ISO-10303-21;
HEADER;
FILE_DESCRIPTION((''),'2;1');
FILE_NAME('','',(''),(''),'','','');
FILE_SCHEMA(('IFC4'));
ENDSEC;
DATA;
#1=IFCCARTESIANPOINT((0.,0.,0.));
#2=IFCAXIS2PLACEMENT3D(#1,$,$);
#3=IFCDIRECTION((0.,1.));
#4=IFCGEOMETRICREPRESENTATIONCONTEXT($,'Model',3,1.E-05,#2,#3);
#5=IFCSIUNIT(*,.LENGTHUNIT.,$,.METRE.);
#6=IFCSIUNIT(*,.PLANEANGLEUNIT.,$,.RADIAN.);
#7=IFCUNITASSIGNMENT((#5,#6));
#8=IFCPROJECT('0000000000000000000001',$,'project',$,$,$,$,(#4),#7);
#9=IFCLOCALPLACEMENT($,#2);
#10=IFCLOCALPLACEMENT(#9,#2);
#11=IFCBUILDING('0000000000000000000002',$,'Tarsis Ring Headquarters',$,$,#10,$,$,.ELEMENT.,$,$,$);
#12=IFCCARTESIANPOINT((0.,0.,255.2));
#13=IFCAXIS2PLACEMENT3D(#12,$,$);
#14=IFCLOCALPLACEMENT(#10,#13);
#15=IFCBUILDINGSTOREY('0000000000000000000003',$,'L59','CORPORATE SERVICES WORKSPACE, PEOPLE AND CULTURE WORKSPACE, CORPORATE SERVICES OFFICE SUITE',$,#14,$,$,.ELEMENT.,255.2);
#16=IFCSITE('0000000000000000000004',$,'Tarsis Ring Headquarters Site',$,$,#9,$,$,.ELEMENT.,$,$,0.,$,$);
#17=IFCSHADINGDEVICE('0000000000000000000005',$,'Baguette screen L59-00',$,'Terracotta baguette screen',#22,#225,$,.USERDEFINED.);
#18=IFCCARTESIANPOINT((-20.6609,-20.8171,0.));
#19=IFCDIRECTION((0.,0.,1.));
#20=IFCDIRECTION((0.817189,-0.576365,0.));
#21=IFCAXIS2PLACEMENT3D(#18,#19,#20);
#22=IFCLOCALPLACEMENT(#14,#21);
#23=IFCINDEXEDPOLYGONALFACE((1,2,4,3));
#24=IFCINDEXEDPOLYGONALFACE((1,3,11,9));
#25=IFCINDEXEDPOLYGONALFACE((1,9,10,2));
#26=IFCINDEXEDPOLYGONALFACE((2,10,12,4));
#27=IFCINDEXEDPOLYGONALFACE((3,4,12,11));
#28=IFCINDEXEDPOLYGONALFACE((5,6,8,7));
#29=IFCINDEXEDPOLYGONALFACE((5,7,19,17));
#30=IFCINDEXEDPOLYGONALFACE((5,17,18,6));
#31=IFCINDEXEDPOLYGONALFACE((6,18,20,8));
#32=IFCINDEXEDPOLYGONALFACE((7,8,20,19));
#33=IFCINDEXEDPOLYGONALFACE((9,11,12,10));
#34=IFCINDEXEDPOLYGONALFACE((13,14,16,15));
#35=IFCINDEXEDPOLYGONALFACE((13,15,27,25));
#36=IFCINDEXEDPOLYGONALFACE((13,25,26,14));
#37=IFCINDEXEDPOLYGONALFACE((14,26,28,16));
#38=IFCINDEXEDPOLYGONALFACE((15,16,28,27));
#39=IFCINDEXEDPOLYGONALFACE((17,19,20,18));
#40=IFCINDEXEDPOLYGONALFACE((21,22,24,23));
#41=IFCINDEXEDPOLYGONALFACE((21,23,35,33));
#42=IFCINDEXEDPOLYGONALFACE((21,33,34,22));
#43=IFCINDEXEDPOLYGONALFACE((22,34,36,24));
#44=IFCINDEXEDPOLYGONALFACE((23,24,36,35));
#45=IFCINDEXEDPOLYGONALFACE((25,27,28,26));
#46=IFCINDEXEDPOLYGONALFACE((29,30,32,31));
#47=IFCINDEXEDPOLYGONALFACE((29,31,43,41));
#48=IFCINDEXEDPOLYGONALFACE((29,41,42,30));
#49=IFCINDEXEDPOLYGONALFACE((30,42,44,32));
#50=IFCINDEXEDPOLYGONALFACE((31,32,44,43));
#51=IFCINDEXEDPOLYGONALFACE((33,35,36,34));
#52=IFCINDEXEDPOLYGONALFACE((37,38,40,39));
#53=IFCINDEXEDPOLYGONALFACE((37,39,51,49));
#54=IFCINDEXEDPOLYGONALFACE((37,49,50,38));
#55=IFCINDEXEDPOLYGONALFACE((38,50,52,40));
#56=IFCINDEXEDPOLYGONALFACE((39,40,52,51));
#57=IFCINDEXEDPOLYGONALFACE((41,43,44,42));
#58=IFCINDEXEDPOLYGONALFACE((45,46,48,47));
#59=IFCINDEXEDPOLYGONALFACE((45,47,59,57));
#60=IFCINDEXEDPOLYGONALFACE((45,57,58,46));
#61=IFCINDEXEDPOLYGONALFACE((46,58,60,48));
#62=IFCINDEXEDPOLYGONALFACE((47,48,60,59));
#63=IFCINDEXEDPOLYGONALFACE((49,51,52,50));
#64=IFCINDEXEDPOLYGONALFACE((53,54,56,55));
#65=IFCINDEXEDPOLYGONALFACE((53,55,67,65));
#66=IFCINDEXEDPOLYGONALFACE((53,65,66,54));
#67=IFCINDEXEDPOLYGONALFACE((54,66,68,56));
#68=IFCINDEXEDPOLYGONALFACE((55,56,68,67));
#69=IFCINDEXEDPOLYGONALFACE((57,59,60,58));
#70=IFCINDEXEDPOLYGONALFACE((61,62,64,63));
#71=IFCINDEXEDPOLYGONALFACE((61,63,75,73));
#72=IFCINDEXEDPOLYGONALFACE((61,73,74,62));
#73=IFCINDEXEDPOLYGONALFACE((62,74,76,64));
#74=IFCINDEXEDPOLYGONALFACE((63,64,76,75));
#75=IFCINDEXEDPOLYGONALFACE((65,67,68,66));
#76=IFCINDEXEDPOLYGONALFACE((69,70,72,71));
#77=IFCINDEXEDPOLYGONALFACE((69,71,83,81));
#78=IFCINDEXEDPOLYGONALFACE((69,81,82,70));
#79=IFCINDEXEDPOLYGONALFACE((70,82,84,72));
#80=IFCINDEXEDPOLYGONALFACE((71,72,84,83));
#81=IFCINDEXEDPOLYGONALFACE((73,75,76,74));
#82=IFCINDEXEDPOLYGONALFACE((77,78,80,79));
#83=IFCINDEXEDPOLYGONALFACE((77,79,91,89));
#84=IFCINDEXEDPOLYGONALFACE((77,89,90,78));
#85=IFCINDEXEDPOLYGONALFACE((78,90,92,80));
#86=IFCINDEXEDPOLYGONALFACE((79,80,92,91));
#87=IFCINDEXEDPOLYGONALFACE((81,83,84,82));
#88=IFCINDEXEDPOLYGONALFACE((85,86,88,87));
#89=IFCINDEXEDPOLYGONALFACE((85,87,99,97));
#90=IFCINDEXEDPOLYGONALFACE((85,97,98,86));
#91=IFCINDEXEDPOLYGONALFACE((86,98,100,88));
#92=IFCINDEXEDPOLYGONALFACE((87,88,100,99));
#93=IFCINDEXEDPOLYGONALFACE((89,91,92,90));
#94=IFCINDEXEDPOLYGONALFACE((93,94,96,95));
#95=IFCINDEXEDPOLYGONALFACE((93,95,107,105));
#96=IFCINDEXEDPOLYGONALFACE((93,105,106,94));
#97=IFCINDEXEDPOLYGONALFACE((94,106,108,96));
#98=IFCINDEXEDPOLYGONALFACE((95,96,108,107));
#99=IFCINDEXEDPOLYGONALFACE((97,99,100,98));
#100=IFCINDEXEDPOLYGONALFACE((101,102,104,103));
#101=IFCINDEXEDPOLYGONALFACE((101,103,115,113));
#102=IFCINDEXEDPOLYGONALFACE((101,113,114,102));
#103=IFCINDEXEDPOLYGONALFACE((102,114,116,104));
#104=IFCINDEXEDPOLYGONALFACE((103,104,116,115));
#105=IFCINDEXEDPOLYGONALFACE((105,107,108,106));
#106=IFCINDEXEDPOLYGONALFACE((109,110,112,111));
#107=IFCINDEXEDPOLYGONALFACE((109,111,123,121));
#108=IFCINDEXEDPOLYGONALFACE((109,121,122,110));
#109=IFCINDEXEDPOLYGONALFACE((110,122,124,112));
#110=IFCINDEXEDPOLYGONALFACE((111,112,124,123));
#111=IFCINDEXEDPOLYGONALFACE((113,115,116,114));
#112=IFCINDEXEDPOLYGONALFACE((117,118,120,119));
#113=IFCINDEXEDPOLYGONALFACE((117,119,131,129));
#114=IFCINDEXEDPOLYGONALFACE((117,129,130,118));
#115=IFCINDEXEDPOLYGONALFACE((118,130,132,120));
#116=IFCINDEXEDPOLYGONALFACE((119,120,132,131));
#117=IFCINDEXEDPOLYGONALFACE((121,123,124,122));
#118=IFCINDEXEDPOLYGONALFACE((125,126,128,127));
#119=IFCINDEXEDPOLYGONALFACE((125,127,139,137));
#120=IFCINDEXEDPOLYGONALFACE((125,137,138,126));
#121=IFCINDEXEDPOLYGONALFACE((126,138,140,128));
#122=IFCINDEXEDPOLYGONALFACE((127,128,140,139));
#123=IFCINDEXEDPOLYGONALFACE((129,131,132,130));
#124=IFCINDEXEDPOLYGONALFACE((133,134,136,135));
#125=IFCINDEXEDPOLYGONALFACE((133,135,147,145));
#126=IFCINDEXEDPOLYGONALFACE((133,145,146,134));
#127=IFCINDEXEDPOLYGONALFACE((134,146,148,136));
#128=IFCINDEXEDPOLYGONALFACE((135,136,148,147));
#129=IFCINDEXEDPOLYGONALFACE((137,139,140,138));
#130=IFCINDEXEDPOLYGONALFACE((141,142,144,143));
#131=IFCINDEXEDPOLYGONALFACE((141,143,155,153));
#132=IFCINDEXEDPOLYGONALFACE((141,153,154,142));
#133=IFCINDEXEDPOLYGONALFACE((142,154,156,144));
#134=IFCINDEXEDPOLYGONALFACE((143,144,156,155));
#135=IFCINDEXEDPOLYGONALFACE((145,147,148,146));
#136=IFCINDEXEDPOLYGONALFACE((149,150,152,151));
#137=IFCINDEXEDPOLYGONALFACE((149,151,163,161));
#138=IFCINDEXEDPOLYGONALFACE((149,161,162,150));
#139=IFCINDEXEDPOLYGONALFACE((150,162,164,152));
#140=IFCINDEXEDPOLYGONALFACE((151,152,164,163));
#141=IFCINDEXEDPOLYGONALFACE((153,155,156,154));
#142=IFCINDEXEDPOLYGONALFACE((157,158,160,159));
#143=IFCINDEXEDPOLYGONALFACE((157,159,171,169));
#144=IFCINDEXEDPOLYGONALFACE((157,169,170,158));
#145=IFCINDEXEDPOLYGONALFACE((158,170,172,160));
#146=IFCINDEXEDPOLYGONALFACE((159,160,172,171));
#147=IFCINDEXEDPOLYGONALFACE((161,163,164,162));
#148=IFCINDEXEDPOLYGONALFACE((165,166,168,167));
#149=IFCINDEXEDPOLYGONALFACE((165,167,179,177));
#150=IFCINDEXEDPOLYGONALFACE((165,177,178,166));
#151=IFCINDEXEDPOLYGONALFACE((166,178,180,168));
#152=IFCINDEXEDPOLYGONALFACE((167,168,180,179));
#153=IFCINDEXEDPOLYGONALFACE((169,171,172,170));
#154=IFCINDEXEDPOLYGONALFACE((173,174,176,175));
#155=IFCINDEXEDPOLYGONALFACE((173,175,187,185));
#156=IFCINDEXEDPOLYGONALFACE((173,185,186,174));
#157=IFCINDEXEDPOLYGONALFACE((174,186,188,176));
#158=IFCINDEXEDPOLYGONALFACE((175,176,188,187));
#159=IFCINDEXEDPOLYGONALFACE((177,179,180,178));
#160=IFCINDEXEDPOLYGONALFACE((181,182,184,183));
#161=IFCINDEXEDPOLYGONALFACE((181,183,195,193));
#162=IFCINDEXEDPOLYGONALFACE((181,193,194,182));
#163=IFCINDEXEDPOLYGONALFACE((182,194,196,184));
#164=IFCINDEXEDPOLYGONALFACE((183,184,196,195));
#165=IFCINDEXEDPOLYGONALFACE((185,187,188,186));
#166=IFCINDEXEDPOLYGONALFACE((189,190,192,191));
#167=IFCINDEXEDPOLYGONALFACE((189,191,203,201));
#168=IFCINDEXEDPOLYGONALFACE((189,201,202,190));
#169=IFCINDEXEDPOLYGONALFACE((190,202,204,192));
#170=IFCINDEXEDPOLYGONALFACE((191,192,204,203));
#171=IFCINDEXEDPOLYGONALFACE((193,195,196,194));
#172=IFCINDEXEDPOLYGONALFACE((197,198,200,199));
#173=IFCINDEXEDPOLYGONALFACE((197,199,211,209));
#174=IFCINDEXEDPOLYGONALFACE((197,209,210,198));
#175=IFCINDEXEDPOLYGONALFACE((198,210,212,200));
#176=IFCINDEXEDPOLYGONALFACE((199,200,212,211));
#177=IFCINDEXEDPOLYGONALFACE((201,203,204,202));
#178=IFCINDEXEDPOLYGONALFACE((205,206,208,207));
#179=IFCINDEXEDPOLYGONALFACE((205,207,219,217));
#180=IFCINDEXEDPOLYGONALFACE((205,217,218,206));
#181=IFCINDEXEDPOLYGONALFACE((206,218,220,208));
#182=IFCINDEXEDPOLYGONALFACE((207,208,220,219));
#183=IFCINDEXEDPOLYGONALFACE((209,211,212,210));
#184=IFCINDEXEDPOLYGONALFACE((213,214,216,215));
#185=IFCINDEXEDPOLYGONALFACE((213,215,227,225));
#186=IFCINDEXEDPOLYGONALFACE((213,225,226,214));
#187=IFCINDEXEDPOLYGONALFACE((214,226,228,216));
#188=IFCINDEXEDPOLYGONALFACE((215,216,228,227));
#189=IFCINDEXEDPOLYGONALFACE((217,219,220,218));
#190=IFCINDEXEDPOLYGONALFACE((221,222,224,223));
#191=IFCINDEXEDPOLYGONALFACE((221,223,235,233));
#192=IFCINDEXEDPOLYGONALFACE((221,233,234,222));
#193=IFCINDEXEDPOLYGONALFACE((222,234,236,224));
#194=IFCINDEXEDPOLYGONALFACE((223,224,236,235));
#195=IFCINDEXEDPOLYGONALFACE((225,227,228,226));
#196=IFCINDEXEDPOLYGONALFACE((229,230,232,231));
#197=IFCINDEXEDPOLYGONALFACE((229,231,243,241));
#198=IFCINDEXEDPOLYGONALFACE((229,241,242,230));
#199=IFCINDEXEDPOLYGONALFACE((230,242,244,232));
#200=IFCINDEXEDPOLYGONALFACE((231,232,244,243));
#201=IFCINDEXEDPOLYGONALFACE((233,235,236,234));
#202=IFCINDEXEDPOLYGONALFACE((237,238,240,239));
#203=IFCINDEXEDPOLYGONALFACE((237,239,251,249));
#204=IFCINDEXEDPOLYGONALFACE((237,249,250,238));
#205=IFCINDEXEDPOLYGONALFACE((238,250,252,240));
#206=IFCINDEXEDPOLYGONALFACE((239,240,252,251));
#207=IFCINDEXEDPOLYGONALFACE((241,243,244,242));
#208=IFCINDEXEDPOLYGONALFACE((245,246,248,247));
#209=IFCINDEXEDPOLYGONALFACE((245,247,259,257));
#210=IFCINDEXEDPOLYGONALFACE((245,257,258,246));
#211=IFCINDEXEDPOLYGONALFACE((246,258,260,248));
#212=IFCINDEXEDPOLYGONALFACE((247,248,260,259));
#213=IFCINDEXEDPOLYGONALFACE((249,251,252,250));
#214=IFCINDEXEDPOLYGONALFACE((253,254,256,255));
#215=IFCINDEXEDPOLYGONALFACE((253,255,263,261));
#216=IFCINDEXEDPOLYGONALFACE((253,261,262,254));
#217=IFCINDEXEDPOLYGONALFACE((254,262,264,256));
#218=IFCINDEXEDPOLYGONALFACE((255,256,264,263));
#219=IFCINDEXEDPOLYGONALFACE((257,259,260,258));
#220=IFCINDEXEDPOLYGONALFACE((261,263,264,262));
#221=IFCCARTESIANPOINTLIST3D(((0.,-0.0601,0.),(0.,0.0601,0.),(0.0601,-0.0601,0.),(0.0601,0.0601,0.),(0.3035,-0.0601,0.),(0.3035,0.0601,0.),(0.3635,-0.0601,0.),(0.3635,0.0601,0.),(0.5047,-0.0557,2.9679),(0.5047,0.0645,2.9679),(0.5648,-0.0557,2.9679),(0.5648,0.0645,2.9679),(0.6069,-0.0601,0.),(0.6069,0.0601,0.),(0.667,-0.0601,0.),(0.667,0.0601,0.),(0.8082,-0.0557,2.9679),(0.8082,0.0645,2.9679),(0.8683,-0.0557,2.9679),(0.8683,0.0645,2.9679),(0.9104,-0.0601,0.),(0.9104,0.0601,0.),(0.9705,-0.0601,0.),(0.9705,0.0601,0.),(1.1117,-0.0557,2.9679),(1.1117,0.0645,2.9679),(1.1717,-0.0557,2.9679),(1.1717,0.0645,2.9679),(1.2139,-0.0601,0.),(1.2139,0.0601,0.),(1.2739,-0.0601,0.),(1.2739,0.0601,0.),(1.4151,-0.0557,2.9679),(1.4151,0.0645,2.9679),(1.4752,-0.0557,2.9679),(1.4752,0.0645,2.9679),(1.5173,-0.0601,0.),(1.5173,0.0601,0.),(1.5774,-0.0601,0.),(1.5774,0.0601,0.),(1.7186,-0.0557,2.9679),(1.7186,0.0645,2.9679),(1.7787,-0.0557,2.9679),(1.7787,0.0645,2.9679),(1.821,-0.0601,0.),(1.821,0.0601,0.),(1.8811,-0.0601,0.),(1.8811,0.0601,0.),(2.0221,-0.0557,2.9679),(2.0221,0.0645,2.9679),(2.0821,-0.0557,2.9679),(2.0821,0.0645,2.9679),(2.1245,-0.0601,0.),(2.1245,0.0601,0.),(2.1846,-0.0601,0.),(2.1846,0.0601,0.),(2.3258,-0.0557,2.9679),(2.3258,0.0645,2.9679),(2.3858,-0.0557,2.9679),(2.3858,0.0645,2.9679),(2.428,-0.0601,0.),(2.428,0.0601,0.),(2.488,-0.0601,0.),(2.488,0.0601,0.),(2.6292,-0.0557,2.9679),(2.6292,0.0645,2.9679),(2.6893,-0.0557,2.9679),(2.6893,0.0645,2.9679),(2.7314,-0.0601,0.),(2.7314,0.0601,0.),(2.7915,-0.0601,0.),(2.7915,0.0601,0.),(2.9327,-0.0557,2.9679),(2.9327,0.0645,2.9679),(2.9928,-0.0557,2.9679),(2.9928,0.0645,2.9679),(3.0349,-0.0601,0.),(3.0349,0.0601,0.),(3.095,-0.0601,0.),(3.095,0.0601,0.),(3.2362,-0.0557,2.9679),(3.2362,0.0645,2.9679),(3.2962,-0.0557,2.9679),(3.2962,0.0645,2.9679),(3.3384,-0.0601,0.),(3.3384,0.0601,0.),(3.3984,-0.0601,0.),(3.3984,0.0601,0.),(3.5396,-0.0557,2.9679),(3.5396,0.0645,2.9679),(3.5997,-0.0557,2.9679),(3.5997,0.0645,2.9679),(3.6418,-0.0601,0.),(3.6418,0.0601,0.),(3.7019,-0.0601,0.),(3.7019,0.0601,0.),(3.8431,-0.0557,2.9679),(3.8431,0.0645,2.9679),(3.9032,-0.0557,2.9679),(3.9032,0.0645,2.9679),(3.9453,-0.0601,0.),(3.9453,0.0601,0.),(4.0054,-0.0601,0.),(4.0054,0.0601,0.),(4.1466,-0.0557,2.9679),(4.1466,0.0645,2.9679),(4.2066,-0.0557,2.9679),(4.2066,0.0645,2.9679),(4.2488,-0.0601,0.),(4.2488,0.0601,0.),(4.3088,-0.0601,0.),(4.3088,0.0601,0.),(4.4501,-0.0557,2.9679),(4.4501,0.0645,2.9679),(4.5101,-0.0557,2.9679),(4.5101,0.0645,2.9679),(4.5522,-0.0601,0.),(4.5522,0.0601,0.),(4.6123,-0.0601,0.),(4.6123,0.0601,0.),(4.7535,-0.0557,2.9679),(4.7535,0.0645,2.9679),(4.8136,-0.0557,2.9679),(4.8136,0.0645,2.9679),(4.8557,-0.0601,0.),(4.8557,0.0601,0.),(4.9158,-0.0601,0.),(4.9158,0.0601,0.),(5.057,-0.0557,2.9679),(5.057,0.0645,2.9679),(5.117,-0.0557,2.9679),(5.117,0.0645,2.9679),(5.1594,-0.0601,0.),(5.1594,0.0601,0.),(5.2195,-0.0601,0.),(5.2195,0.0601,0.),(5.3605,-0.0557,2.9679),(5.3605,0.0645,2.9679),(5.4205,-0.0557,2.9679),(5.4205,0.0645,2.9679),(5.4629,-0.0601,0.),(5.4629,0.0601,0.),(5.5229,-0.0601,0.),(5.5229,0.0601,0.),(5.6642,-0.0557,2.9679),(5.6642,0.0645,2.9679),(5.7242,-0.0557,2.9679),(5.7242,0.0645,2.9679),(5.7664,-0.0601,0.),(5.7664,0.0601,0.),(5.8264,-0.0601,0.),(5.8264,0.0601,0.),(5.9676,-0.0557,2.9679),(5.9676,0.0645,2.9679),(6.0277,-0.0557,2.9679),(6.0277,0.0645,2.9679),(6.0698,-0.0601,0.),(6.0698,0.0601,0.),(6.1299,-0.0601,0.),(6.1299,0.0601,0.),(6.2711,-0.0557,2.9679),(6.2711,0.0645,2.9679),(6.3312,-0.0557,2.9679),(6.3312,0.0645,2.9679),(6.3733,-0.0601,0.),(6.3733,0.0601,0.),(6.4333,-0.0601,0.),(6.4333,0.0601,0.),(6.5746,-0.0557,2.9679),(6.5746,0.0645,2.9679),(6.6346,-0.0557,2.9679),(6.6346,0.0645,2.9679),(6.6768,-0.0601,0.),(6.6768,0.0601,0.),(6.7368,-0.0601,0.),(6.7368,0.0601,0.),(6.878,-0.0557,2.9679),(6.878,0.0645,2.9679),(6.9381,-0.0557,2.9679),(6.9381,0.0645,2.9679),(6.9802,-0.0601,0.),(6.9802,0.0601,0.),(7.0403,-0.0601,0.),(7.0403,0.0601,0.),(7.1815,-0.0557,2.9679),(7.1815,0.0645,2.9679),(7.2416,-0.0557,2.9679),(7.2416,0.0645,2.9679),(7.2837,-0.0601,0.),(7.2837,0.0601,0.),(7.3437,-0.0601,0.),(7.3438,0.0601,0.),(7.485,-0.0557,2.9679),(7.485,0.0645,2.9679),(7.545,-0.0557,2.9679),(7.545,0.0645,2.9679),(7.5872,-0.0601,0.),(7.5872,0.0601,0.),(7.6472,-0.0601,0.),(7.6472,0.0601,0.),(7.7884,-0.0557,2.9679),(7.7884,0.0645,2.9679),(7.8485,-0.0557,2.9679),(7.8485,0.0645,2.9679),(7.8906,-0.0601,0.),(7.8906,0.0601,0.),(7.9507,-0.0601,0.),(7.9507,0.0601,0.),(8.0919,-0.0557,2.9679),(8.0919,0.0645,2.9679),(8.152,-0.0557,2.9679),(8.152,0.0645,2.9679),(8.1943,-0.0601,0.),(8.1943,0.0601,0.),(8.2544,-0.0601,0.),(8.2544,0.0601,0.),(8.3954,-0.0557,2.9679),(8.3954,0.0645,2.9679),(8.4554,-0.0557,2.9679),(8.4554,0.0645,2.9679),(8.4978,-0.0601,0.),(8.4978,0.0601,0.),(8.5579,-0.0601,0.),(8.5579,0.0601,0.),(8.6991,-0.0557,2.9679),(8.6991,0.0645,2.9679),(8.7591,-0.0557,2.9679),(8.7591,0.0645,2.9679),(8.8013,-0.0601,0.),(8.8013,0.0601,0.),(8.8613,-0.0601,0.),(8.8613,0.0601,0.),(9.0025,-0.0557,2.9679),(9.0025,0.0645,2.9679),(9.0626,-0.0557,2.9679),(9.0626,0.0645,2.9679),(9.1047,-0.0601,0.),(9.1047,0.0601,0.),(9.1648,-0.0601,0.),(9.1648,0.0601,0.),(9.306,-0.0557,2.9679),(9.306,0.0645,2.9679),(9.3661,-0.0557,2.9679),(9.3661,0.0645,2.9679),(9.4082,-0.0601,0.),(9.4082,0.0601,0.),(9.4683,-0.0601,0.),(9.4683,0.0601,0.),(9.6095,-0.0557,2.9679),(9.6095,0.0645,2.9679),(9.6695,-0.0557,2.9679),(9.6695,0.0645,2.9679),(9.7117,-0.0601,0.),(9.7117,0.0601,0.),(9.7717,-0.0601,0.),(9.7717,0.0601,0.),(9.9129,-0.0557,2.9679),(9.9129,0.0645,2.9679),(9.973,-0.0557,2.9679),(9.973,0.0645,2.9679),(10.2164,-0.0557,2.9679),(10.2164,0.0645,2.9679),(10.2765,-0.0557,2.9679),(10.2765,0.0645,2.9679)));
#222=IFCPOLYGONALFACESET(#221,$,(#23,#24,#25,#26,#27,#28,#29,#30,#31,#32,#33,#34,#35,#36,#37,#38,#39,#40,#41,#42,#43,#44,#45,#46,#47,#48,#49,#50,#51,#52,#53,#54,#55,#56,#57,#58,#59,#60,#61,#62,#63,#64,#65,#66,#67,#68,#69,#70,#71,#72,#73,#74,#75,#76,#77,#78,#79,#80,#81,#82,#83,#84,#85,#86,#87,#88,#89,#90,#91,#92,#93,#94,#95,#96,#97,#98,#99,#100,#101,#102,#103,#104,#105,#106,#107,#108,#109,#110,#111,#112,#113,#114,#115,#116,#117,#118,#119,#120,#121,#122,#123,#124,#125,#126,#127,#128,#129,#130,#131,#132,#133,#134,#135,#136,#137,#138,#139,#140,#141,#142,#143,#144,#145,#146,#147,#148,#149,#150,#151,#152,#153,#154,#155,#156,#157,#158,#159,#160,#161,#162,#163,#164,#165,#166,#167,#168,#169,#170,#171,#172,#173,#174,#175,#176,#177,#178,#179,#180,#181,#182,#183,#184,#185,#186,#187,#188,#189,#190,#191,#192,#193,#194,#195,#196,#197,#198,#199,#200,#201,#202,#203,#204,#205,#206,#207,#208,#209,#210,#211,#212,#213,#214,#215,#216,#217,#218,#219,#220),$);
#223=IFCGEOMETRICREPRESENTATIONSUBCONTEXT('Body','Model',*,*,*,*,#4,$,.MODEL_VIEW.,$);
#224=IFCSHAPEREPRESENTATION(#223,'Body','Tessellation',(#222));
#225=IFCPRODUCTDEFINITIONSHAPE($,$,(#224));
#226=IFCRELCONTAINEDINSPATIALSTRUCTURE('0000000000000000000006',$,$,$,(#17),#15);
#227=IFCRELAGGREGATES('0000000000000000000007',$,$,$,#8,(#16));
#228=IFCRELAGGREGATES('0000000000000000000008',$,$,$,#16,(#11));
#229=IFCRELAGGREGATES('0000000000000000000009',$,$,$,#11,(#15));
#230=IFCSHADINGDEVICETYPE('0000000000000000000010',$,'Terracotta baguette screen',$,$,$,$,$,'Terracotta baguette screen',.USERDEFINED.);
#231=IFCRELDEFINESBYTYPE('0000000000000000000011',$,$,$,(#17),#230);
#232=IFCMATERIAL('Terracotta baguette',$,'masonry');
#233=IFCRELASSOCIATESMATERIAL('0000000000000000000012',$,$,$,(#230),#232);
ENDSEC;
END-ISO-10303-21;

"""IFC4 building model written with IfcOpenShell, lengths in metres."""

from ifc_helpers import new_model, si_unit, direction, frame, frame_2d, origin, place, context, subcontext, project, spatial, rectangle, composite_profile, extrude, material, type_object, element, save


model = new_model("IFC4")

# Units and contexts
model_context = context("Model", 3, precision=1e-05, world=origin(), true_north=direction((0.0, 1.0)))
body_context = subcontext(model_context, "Body", "Model", "MODEL_VIEW")
ifc_project = project(units=[si_unit("LENGTHUNIT", "METRE"), si_unit("PLANEANGLEUNIT", "RADIAN")], contexts=[model_context])

# Site, building, storey
site_placement = place(None, origin())
site = spatial("IfcSite", under=ifc_project, at=site_placement, Name="Tarsis Ring Headquarters Site", CompositionType="ELEMENT", RefElevation=0.0)
building_placement = place(site_placement, origin())
building = spatial("IfcBuilding", under=site, at=building_placement, Name="Tarsis Ring Headquarters", CompositionType="ELEMENT")
storey_placement = place(building_placement, frame((0.0, 0.0, 255.2)))
storey = spatial("IfcBuildingStorey", under=building, at=storey_placement, Name="L59", Description="CORPORATE SERVICES WORKSPACE, PEOPLE AND CULTURE WORKSPACE, CORPORATE SERVICES OFFICE SUITE", CompositionType="ELEMENT", Elevation=255.2)

# Shading device
ifc_material_1 = material(Name="Terracotta baguette", Category="masonry")
shading_device_type = type_object("IfcShadingDeviceType", Name="Terracotta baguette screen", ElementType="Terracotta baguette screen", PredefinedType="USERDEFINED", material=ifc_material_1)
shading_device_placement = place(storey_placement, frame((-20.6609, -20.8171, 0.0), z_axis=(0.0, 0.0, 1.0), x_axis=(0.817189, -0.576365, 0.0)))
element("IfcShadingDevice", 1, at=shading_device_placement, inside=storey, type_object=shading_device_type, Name="Baguette screen L59-00", ObjectType="Terracotta baguette screen", PredefinedType="USERDEFINED", context=body_context, shape_type="SweptSolid", body=[
    extrude(composite_profile([rectangle(XDim=0.0601, YDim=0.1201, at=frame_2d((0.03, 0.0))), rectangle(XDim=0.0601, YDim=0.1201, at=frame_2d((0.3335, 0.0))), rectangle(XDim=0.0601, YDim=0.1201, at=frame_2d((0.637, 0.0))), rectangle(XDim=0.0601, YDim=0.1201, at=frame_2d((0.9404, 0.0))), rectangle(XDim=0.0601, YDim=0.1201, at=frame_2d((1.2439, 0.0))), rectangle(XDim=0.0601, YDim=0.1201, at=frame_2d((1.5474, 0.0))), rectangle(XDim=0.0601, YDim=0.1201, at=frame_2d((1.8511, 0.0))), rectangle(XDim=0.0601, YDim=0.1201, at=frame_2d((2.1545, 0.0))), rectangle(XDim=0.0601, YDim=0.1201, at=frame_2d((2.458, 0.0))), rectangle(XDim=0.0601, YDim=0.1201, at=frame_2d((2.7615, 0.0))), rectangle(XDim=0.0601, YDim=0.1201, at=frame_2d((3.0649, 0.0))), rectangle(XDim=0.0601, YDim=0.1201, at=frame_2d((3.3684, 0.0))), rectangle(XDim=0.0601, YDim=0.1201, at=frame_2d((3.6719, 0.0))), rectangle(XDim=0.0601, YDim=0.1201, at=frame_2d((3.9753, 0.0))), rectangle(XDim=0.0601, YDim=0.1201, at=frame_2d((4.2788, 0.0))), rectangle(XDim=0.0601, YDim=0.1201, at=frame_2d((4.5823, 0.0))), rectangle(XDim=0.0601, YDim=0.1201, at=frame_2d((4.8857, 0.0))), rectangle(XDim=0.0601, YDim=0.1201, at=frame_2d((5.1895, 0.0))), rectangle(XDim=0.0601, YDim=0.1201, at=frame_2d((5.4929, 0.0))), rectangle(XDim=0.0601, YDim=0.1201, at=frame_2d((5.7964, 0.0))), rectangle(XDim=0.0601, YDim=0.1201, at=frame_2d((6.0999, 0.0))), rectangle(XDim=0.0601, YDim=0.1201, at=frame_2d((6.4033, 0.0))), rectangle(XDim=0.0601, YDim=0.1201, at=frame_2d((6.7068, 0.0))), rectangle(XDim=0.0601, YDim=0.1201, at=frame_2d((7.0103, 0.0))), rectangle(XDim=0.0601, YDim=0.1201, at=frame_2d((7.3137, 0.0))), rectangle(XDim=0.0601, YDim=0.1201, at=frame_2d((7.6172, 0.0))), rectangle(XDim=0.0601, YDim=0.1201, at=frame_2d((7.9207, 0.0))), rectangle(XDim=0.0601, YDim=0.1201, at=frame_2d((8.2244, 0.0))), rectangle(XDim=0.0601, YDim=0.1201, at=frame_2d((8.5278, 0.0))), rectangle(XDim=0.0601, YDim=0.1201, at=frame_2d((8.8313, 0.0))), rectangle(XDim=0.0601, YDim=0.1201, at=frame_2d((9.1348, 0.0))), rectangle(XDim=0.0601, YDim=0.1201, at=frame_2d((9.4382, 0.0))), rectangle(XDim=0.0601, YDim=0.1201, at=frame_2d((9.7417, 0.0)))]), origin(), (0.167659, 0.001464, 0.985844), 3.0105),
])

save(model, "model.ifc")
